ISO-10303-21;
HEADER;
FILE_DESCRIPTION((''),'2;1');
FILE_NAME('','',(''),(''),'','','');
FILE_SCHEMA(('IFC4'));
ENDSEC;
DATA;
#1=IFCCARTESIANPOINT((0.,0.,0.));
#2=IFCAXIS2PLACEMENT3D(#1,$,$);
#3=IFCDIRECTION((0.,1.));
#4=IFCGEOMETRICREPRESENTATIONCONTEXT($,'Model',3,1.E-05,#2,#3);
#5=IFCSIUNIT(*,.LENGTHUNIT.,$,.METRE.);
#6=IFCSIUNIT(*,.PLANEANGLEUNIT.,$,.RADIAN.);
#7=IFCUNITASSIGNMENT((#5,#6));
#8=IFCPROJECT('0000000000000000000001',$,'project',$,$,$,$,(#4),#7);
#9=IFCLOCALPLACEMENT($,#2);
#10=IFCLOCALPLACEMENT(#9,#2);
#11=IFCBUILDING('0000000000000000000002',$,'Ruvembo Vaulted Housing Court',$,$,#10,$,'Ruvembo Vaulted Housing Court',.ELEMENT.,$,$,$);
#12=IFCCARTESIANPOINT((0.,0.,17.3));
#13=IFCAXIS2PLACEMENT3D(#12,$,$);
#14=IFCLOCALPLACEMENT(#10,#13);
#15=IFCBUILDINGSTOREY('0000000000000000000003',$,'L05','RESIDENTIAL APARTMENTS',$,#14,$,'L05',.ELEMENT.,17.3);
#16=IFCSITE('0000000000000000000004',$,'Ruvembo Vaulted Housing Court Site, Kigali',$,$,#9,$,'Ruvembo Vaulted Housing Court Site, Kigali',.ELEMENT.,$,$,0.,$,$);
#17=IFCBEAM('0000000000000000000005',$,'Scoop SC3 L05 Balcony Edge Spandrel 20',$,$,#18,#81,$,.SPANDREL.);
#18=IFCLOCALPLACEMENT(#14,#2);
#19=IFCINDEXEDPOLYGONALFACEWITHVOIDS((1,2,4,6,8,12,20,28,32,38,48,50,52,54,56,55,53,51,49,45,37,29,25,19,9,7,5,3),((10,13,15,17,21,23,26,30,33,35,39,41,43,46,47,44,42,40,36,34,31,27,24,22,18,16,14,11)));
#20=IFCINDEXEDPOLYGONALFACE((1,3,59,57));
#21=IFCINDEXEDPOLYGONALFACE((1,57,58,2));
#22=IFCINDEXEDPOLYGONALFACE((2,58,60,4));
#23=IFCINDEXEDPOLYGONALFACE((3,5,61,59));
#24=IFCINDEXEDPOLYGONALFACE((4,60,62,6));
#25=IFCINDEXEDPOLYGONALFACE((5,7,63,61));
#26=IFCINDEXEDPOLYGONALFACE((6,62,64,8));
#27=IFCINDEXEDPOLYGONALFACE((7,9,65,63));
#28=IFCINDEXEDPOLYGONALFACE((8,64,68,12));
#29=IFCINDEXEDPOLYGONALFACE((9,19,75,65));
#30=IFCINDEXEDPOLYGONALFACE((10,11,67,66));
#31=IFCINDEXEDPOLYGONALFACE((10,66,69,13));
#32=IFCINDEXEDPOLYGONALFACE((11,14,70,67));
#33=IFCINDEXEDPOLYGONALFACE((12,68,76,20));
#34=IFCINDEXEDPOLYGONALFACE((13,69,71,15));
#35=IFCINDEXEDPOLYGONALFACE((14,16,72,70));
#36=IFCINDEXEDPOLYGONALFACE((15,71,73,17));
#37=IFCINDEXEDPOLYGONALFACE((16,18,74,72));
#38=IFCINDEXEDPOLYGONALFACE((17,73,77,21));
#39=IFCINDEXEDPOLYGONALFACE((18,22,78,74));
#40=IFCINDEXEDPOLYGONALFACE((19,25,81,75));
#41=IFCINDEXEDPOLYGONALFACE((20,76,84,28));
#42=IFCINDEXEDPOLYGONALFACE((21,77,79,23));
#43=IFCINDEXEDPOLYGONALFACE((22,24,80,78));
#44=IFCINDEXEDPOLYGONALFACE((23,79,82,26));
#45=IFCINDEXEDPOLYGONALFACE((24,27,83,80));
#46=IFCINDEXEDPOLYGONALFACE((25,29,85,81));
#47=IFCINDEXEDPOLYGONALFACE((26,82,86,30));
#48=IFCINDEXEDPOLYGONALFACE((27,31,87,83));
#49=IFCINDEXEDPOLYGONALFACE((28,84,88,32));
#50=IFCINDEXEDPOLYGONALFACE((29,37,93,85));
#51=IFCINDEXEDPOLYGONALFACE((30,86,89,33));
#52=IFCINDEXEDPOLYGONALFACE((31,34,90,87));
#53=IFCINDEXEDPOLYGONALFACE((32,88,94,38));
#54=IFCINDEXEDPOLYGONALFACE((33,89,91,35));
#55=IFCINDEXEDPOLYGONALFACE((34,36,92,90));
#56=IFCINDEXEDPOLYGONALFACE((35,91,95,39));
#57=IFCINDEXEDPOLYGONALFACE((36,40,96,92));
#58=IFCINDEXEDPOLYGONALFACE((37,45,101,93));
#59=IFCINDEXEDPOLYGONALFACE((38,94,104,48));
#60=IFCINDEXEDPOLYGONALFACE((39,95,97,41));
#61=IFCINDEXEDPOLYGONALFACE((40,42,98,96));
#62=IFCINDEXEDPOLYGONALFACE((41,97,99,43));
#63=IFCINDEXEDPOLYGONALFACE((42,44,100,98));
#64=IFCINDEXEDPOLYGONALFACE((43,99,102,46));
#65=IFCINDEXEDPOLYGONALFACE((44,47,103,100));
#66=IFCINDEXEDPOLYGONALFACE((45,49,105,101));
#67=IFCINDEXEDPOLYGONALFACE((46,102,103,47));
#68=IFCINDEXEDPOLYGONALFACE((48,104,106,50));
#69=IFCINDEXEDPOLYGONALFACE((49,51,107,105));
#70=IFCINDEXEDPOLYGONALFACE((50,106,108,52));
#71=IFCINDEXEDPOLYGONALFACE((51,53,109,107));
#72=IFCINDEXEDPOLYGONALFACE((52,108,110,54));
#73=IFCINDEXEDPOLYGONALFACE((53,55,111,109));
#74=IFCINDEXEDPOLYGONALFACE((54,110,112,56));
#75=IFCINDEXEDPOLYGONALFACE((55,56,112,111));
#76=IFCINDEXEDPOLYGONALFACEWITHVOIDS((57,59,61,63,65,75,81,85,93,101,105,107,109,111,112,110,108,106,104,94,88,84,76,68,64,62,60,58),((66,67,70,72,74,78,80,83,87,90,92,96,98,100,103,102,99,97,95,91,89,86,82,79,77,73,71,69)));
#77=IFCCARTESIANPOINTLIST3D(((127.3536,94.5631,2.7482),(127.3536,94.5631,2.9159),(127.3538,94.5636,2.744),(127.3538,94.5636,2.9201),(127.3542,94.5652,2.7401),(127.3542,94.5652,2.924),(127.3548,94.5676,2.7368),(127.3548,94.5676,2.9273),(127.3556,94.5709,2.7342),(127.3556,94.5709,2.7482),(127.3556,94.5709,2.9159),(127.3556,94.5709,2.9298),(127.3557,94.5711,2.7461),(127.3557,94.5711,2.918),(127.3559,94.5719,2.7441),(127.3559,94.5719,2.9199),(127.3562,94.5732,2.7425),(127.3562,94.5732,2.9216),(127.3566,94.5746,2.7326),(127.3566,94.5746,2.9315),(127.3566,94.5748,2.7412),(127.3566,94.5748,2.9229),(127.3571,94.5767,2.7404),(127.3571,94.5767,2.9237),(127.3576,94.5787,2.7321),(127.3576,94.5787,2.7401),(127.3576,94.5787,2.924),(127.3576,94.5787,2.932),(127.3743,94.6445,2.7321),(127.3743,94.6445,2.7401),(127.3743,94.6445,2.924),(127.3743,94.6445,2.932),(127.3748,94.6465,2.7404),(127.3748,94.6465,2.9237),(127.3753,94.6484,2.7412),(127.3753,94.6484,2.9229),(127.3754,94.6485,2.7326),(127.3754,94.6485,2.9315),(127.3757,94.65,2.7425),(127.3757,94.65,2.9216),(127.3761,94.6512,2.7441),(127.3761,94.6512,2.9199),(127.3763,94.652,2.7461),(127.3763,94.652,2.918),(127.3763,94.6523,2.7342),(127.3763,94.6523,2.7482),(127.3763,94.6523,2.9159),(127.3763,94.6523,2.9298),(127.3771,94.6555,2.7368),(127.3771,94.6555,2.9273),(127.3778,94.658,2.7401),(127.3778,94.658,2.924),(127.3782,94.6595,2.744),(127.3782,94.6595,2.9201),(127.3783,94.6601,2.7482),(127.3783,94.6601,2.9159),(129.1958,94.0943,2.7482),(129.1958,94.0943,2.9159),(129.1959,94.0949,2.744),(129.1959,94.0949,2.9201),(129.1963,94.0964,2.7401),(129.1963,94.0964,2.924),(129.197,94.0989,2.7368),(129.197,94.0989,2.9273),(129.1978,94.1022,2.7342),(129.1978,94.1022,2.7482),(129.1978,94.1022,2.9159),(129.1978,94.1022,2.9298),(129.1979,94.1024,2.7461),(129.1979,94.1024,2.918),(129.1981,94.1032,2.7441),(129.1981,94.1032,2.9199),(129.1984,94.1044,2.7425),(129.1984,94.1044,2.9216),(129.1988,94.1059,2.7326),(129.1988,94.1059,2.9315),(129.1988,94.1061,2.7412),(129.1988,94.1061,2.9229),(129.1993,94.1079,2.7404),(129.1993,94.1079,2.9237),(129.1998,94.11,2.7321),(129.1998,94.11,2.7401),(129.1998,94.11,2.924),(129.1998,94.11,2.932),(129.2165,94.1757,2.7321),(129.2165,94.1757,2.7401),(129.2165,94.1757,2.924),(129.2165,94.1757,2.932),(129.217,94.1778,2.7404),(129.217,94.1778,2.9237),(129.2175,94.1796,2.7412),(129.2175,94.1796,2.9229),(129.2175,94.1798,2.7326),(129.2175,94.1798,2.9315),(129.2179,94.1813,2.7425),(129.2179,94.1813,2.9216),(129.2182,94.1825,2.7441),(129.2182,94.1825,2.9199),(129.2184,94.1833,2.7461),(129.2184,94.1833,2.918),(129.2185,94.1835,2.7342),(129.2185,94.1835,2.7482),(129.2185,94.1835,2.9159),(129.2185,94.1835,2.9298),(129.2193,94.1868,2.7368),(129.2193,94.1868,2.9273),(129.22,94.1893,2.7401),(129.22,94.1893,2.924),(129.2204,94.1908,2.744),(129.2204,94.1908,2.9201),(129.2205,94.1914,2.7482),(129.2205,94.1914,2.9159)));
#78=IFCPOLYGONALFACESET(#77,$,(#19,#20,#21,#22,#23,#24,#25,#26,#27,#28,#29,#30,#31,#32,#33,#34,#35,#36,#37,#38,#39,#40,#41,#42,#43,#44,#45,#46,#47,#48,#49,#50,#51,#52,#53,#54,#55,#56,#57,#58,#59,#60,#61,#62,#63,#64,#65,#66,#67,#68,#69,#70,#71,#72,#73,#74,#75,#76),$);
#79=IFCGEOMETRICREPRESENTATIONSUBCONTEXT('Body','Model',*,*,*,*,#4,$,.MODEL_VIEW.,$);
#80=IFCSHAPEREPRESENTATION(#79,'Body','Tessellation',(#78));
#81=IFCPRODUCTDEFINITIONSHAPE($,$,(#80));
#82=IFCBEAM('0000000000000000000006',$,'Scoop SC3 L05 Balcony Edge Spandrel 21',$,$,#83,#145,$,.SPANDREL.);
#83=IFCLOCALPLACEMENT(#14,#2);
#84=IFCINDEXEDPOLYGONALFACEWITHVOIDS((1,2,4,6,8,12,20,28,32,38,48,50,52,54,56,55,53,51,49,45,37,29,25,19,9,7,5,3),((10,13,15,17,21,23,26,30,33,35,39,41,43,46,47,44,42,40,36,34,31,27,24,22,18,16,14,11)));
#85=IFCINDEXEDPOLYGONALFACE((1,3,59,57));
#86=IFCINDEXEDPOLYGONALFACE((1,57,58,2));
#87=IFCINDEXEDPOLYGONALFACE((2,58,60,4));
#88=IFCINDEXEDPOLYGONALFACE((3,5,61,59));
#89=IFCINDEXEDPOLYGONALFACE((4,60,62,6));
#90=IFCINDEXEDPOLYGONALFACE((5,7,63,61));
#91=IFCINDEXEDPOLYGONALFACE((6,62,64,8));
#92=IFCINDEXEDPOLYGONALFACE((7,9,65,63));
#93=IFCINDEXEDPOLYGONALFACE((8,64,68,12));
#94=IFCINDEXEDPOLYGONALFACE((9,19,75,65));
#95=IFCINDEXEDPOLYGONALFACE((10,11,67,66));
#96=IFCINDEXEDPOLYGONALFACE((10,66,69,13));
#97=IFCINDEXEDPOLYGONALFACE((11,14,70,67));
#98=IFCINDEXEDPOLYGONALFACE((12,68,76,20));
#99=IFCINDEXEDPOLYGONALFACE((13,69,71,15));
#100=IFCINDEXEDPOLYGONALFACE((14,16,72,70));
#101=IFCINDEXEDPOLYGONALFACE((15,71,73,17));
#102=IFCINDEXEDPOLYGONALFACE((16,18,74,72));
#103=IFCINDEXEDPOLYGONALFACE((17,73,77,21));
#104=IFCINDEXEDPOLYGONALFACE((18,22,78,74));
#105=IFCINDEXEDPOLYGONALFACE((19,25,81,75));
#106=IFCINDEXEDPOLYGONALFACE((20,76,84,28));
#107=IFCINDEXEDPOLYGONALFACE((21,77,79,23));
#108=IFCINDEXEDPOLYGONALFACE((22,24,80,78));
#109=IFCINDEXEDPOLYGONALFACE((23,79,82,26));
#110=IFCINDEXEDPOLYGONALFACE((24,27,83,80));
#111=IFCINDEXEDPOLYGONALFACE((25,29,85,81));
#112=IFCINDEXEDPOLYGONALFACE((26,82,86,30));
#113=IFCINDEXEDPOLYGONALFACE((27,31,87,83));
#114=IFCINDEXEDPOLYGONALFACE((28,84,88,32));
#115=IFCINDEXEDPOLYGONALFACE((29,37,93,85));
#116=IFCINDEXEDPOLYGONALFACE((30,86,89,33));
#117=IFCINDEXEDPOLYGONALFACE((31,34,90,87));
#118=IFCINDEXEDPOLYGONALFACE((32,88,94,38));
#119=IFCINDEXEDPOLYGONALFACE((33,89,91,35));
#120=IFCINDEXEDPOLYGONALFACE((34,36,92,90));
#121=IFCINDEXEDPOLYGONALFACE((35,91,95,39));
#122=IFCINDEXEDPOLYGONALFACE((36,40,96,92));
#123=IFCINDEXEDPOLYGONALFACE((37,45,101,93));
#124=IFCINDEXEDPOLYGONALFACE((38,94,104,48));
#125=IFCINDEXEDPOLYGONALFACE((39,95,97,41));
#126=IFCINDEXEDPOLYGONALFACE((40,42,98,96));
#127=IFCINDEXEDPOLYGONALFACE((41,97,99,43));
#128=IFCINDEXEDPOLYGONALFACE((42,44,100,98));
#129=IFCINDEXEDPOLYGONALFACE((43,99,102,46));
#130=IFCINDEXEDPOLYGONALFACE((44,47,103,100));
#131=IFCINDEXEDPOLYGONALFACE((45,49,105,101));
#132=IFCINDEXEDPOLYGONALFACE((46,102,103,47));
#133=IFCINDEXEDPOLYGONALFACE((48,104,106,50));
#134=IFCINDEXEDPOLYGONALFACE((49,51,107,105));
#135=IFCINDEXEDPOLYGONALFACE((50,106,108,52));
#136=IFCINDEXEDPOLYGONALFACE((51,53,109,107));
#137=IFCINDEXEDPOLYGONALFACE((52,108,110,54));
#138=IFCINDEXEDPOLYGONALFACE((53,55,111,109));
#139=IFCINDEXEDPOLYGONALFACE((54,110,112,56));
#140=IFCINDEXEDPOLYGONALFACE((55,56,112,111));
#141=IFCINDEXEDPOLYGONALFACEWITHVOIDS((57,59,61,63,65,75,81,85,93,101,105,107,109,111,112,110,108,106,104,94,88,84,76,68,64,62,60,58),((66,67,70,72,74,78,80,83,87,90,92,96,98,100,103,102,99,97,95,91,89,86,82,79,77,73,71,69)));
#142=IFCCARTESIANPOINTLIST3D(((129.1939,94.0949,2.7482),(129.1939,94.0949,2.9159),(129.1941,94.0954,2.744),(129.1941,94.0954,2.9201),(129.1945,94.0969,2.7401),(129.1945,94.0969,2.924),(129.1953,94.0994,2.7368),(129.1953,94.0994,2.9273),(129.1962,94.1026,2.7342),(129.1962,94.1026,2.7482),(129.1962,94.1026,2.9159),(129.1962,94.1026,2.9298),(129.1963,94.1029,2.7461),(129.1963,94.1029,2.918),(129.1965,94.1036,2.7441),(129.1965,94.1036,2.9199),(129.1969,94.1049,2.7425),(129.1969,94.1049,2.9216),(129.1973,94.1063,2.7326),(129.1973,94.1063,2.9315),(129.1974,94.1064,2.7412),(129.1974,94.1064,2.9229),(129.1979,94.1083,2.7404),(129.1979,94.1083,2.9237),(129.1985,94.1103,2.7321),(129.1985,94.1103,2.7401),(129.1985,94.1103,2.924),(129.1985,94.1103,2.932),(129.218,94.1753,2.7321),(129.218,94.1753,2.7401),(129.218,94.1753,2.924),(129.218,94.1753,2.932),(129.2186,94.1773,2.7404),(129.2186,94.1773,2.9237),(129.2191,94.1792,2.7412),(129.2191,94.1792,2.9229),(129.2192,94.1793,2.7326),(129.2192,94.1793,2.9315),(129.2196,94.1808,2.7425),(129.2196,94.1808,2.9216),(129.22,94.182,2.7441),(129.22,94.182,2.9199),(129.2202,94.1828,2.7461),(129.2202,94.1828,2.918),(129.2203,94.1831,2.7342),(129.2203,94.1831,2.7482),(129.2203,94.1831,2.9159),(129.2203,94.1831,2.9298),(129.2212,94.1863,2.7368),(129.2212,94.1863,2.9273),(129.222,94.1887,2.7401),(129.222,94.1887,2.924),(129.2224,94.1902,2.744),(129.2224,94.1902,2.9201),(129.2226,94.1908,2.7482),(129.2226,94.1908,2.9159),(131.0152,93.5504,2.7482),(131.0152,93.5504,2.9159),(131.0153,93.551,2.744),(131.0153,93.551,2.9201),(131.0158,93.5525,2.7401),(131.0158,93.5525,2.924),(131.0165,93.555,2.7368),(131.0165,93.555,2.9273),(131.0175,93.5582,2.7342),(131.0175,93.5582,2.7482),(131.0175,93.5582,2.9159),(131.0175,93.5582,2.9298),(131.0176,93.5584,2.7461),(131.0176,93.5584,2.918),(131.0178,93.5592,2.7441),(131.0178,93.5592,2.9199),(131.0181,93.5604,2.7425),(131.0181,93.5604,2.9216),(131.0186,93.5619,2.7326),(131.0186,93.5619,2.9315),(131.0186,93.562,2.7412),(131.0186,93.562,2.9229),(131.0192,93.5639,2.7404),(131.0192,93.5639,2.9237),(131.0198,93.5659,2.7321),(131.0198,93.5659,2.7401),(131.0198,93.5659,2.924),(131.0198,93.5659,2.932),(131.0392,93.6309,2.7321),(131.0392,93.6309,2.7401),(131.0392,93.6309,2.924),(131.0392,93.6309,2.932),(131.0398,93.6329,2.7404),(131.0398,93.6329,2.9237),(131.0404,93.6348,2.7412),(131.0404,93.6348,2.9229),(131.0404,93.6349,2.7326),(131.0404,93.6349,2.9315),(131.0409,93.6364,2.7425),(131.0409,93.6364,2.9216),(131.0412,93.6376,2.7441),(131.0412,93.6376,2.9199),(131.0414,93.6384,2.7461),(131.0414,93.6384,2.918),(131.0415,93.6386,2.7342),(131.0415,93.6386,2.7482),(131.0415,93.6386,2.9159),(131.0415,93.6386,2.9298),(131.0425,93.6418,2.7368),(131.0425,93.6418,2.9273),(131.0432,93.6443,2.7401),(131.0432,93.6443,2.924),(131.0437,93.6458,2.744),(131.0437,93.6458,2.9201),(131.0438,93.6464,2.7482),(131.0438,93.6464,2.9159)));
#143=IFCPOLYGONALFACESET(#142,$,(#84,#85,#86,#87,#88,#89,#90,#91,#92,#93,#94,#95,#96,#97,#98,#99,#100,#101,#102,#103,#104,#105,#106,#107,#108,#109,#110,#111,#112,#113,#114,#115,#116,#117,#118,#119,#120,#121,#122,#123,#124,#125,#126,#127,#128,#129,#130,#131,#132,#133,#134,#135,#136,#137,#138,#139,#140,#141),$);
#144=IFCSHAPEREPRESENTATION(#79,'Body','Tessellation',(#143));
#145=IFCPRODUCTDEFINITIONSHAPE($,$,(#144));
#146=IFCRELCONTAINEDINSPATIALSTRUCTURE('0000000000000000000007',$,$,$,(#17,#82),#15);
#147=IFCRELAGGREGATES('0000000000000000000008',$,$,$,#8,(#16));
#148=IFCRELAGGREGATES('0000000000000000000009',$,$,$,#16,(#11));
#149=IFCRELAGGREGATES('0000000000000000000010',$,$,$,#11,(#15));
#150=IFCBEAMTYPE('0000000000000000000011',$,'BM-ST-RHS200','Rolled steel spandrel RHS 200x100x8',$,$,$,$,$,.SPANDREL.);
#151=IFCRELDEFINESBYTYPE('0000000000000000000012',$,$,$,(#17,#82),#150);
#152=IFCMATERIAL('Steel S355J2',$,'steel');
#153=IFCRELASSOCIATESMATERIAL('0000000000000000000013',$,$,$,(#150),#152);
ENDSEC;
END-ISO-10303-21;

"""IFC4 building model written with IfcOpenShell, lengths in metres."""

from ifc_helpers import new_model, si_unit, direction, frame, origin, origin_2d, place, context, subcontext, project, spatial, hollow_rectangle, extrude, material, material_profile, profile_set, type_object, element, save


model = new_model("IFC4")

# Units and contexts
model_context = context("Model", 3, precision=1e-05, world=origin(), true_north=direction((0.0, 1.0)))
body_context = subcontext(model_context, "Body", "Model", "MODEL_VIEW")
ifc_project = project(units=[si_unit("LENGTHUNIT", "METRE"), si_unit("PLANEANGLEUNIT", "RADIAN")], contexts=[model_context])

# Site, building, storey
site_placement = place(None, origin())
site = spatial("IfcSite", under=ifc_project, at=site_placement, Name="Ruvembo Vaulted Housing Court Site, Kigali", LongName="Ruvembo Vaulted Housing Court Site, Kigali", CompositionType="ELEMENT", RefElevation=0.0)
building_placement = place(site_placement, origin())
building = spatial("IfcBuilding", under=site, at=building_placement, Name="Ruvembo Vaulted Housing Court", LongName="Ruvembo Vaulted Housing Court", CompositionType="ELEMENT")
storey_placement = place(building_placement, frame((0.0, 0.0, 17.3)))
storey = spatial("IfcBuildingStorey", under=building, at=storey_placement, Name="L05", Description="RESIDENTIAL APARTMENTS", LongName="L05", CompositionType="ELEMENT", Elevation=17.3)

# Beams
ifc_material_1 = material(Name="Steel S355J2", Category="steel")
ifc_material_profile_1 = material_profile(ifc_material_1, hollow_rectangle(XDim=0.1001, YDim=0.2, WallThickness=0.0081, InnerFilletRadius=0.0081, OuterFilletRadius=0.0161, at=origin_2d()), Name="RHS 200x100x8")
ifc_profile_set_1 = profile_set([ifc_material_profile_1], Name="Steel S355J2")
beam_type = type_object("IfcBeamType", Name="BM-ST-RHS200", Description="Rolled steel spandrel RHS 200x100x8", PredefinedType="SPANDREL", material=ifc_profile_set_1)
for number, where, z_axis, x_axis, name in (
    (1, (127.366, 94.6116, 2.832), (0.969122, -0.246583, 0.0), (0.246583, 0.969122, 0.0), "Scoop SC3 L05 Balcony Edge Spandrel 20"),
    (2, (129.2083, 94.1428, 2.832), (0.958109, -0.286405, 0.0), (0.286405, 0.958109, 0.0), "Scoop SC3 L05 Balcony Edge Spandrel 21"),
):
    element("IfcBeam", number, at=place(storey_placement, frame(where, z_axis=z_axis, x_axis=x_axis)), inside=storey, type_object=beam_type, Name=name, PredefinedType="SPANDREL", context=body_context, shape_type="SweptSolid", body=[
        extrude(hollow_rectangle(XDim=0.1001, YDim=0.2, WallThickness=0.0081, InnerFilletRadius=0.0081, OuterFilletRadius=0.0161, at=origin_2d()), origin(), (0.0, 0.0, 1.0), 1.9009),
    ])

save(model, "model.ifc")
